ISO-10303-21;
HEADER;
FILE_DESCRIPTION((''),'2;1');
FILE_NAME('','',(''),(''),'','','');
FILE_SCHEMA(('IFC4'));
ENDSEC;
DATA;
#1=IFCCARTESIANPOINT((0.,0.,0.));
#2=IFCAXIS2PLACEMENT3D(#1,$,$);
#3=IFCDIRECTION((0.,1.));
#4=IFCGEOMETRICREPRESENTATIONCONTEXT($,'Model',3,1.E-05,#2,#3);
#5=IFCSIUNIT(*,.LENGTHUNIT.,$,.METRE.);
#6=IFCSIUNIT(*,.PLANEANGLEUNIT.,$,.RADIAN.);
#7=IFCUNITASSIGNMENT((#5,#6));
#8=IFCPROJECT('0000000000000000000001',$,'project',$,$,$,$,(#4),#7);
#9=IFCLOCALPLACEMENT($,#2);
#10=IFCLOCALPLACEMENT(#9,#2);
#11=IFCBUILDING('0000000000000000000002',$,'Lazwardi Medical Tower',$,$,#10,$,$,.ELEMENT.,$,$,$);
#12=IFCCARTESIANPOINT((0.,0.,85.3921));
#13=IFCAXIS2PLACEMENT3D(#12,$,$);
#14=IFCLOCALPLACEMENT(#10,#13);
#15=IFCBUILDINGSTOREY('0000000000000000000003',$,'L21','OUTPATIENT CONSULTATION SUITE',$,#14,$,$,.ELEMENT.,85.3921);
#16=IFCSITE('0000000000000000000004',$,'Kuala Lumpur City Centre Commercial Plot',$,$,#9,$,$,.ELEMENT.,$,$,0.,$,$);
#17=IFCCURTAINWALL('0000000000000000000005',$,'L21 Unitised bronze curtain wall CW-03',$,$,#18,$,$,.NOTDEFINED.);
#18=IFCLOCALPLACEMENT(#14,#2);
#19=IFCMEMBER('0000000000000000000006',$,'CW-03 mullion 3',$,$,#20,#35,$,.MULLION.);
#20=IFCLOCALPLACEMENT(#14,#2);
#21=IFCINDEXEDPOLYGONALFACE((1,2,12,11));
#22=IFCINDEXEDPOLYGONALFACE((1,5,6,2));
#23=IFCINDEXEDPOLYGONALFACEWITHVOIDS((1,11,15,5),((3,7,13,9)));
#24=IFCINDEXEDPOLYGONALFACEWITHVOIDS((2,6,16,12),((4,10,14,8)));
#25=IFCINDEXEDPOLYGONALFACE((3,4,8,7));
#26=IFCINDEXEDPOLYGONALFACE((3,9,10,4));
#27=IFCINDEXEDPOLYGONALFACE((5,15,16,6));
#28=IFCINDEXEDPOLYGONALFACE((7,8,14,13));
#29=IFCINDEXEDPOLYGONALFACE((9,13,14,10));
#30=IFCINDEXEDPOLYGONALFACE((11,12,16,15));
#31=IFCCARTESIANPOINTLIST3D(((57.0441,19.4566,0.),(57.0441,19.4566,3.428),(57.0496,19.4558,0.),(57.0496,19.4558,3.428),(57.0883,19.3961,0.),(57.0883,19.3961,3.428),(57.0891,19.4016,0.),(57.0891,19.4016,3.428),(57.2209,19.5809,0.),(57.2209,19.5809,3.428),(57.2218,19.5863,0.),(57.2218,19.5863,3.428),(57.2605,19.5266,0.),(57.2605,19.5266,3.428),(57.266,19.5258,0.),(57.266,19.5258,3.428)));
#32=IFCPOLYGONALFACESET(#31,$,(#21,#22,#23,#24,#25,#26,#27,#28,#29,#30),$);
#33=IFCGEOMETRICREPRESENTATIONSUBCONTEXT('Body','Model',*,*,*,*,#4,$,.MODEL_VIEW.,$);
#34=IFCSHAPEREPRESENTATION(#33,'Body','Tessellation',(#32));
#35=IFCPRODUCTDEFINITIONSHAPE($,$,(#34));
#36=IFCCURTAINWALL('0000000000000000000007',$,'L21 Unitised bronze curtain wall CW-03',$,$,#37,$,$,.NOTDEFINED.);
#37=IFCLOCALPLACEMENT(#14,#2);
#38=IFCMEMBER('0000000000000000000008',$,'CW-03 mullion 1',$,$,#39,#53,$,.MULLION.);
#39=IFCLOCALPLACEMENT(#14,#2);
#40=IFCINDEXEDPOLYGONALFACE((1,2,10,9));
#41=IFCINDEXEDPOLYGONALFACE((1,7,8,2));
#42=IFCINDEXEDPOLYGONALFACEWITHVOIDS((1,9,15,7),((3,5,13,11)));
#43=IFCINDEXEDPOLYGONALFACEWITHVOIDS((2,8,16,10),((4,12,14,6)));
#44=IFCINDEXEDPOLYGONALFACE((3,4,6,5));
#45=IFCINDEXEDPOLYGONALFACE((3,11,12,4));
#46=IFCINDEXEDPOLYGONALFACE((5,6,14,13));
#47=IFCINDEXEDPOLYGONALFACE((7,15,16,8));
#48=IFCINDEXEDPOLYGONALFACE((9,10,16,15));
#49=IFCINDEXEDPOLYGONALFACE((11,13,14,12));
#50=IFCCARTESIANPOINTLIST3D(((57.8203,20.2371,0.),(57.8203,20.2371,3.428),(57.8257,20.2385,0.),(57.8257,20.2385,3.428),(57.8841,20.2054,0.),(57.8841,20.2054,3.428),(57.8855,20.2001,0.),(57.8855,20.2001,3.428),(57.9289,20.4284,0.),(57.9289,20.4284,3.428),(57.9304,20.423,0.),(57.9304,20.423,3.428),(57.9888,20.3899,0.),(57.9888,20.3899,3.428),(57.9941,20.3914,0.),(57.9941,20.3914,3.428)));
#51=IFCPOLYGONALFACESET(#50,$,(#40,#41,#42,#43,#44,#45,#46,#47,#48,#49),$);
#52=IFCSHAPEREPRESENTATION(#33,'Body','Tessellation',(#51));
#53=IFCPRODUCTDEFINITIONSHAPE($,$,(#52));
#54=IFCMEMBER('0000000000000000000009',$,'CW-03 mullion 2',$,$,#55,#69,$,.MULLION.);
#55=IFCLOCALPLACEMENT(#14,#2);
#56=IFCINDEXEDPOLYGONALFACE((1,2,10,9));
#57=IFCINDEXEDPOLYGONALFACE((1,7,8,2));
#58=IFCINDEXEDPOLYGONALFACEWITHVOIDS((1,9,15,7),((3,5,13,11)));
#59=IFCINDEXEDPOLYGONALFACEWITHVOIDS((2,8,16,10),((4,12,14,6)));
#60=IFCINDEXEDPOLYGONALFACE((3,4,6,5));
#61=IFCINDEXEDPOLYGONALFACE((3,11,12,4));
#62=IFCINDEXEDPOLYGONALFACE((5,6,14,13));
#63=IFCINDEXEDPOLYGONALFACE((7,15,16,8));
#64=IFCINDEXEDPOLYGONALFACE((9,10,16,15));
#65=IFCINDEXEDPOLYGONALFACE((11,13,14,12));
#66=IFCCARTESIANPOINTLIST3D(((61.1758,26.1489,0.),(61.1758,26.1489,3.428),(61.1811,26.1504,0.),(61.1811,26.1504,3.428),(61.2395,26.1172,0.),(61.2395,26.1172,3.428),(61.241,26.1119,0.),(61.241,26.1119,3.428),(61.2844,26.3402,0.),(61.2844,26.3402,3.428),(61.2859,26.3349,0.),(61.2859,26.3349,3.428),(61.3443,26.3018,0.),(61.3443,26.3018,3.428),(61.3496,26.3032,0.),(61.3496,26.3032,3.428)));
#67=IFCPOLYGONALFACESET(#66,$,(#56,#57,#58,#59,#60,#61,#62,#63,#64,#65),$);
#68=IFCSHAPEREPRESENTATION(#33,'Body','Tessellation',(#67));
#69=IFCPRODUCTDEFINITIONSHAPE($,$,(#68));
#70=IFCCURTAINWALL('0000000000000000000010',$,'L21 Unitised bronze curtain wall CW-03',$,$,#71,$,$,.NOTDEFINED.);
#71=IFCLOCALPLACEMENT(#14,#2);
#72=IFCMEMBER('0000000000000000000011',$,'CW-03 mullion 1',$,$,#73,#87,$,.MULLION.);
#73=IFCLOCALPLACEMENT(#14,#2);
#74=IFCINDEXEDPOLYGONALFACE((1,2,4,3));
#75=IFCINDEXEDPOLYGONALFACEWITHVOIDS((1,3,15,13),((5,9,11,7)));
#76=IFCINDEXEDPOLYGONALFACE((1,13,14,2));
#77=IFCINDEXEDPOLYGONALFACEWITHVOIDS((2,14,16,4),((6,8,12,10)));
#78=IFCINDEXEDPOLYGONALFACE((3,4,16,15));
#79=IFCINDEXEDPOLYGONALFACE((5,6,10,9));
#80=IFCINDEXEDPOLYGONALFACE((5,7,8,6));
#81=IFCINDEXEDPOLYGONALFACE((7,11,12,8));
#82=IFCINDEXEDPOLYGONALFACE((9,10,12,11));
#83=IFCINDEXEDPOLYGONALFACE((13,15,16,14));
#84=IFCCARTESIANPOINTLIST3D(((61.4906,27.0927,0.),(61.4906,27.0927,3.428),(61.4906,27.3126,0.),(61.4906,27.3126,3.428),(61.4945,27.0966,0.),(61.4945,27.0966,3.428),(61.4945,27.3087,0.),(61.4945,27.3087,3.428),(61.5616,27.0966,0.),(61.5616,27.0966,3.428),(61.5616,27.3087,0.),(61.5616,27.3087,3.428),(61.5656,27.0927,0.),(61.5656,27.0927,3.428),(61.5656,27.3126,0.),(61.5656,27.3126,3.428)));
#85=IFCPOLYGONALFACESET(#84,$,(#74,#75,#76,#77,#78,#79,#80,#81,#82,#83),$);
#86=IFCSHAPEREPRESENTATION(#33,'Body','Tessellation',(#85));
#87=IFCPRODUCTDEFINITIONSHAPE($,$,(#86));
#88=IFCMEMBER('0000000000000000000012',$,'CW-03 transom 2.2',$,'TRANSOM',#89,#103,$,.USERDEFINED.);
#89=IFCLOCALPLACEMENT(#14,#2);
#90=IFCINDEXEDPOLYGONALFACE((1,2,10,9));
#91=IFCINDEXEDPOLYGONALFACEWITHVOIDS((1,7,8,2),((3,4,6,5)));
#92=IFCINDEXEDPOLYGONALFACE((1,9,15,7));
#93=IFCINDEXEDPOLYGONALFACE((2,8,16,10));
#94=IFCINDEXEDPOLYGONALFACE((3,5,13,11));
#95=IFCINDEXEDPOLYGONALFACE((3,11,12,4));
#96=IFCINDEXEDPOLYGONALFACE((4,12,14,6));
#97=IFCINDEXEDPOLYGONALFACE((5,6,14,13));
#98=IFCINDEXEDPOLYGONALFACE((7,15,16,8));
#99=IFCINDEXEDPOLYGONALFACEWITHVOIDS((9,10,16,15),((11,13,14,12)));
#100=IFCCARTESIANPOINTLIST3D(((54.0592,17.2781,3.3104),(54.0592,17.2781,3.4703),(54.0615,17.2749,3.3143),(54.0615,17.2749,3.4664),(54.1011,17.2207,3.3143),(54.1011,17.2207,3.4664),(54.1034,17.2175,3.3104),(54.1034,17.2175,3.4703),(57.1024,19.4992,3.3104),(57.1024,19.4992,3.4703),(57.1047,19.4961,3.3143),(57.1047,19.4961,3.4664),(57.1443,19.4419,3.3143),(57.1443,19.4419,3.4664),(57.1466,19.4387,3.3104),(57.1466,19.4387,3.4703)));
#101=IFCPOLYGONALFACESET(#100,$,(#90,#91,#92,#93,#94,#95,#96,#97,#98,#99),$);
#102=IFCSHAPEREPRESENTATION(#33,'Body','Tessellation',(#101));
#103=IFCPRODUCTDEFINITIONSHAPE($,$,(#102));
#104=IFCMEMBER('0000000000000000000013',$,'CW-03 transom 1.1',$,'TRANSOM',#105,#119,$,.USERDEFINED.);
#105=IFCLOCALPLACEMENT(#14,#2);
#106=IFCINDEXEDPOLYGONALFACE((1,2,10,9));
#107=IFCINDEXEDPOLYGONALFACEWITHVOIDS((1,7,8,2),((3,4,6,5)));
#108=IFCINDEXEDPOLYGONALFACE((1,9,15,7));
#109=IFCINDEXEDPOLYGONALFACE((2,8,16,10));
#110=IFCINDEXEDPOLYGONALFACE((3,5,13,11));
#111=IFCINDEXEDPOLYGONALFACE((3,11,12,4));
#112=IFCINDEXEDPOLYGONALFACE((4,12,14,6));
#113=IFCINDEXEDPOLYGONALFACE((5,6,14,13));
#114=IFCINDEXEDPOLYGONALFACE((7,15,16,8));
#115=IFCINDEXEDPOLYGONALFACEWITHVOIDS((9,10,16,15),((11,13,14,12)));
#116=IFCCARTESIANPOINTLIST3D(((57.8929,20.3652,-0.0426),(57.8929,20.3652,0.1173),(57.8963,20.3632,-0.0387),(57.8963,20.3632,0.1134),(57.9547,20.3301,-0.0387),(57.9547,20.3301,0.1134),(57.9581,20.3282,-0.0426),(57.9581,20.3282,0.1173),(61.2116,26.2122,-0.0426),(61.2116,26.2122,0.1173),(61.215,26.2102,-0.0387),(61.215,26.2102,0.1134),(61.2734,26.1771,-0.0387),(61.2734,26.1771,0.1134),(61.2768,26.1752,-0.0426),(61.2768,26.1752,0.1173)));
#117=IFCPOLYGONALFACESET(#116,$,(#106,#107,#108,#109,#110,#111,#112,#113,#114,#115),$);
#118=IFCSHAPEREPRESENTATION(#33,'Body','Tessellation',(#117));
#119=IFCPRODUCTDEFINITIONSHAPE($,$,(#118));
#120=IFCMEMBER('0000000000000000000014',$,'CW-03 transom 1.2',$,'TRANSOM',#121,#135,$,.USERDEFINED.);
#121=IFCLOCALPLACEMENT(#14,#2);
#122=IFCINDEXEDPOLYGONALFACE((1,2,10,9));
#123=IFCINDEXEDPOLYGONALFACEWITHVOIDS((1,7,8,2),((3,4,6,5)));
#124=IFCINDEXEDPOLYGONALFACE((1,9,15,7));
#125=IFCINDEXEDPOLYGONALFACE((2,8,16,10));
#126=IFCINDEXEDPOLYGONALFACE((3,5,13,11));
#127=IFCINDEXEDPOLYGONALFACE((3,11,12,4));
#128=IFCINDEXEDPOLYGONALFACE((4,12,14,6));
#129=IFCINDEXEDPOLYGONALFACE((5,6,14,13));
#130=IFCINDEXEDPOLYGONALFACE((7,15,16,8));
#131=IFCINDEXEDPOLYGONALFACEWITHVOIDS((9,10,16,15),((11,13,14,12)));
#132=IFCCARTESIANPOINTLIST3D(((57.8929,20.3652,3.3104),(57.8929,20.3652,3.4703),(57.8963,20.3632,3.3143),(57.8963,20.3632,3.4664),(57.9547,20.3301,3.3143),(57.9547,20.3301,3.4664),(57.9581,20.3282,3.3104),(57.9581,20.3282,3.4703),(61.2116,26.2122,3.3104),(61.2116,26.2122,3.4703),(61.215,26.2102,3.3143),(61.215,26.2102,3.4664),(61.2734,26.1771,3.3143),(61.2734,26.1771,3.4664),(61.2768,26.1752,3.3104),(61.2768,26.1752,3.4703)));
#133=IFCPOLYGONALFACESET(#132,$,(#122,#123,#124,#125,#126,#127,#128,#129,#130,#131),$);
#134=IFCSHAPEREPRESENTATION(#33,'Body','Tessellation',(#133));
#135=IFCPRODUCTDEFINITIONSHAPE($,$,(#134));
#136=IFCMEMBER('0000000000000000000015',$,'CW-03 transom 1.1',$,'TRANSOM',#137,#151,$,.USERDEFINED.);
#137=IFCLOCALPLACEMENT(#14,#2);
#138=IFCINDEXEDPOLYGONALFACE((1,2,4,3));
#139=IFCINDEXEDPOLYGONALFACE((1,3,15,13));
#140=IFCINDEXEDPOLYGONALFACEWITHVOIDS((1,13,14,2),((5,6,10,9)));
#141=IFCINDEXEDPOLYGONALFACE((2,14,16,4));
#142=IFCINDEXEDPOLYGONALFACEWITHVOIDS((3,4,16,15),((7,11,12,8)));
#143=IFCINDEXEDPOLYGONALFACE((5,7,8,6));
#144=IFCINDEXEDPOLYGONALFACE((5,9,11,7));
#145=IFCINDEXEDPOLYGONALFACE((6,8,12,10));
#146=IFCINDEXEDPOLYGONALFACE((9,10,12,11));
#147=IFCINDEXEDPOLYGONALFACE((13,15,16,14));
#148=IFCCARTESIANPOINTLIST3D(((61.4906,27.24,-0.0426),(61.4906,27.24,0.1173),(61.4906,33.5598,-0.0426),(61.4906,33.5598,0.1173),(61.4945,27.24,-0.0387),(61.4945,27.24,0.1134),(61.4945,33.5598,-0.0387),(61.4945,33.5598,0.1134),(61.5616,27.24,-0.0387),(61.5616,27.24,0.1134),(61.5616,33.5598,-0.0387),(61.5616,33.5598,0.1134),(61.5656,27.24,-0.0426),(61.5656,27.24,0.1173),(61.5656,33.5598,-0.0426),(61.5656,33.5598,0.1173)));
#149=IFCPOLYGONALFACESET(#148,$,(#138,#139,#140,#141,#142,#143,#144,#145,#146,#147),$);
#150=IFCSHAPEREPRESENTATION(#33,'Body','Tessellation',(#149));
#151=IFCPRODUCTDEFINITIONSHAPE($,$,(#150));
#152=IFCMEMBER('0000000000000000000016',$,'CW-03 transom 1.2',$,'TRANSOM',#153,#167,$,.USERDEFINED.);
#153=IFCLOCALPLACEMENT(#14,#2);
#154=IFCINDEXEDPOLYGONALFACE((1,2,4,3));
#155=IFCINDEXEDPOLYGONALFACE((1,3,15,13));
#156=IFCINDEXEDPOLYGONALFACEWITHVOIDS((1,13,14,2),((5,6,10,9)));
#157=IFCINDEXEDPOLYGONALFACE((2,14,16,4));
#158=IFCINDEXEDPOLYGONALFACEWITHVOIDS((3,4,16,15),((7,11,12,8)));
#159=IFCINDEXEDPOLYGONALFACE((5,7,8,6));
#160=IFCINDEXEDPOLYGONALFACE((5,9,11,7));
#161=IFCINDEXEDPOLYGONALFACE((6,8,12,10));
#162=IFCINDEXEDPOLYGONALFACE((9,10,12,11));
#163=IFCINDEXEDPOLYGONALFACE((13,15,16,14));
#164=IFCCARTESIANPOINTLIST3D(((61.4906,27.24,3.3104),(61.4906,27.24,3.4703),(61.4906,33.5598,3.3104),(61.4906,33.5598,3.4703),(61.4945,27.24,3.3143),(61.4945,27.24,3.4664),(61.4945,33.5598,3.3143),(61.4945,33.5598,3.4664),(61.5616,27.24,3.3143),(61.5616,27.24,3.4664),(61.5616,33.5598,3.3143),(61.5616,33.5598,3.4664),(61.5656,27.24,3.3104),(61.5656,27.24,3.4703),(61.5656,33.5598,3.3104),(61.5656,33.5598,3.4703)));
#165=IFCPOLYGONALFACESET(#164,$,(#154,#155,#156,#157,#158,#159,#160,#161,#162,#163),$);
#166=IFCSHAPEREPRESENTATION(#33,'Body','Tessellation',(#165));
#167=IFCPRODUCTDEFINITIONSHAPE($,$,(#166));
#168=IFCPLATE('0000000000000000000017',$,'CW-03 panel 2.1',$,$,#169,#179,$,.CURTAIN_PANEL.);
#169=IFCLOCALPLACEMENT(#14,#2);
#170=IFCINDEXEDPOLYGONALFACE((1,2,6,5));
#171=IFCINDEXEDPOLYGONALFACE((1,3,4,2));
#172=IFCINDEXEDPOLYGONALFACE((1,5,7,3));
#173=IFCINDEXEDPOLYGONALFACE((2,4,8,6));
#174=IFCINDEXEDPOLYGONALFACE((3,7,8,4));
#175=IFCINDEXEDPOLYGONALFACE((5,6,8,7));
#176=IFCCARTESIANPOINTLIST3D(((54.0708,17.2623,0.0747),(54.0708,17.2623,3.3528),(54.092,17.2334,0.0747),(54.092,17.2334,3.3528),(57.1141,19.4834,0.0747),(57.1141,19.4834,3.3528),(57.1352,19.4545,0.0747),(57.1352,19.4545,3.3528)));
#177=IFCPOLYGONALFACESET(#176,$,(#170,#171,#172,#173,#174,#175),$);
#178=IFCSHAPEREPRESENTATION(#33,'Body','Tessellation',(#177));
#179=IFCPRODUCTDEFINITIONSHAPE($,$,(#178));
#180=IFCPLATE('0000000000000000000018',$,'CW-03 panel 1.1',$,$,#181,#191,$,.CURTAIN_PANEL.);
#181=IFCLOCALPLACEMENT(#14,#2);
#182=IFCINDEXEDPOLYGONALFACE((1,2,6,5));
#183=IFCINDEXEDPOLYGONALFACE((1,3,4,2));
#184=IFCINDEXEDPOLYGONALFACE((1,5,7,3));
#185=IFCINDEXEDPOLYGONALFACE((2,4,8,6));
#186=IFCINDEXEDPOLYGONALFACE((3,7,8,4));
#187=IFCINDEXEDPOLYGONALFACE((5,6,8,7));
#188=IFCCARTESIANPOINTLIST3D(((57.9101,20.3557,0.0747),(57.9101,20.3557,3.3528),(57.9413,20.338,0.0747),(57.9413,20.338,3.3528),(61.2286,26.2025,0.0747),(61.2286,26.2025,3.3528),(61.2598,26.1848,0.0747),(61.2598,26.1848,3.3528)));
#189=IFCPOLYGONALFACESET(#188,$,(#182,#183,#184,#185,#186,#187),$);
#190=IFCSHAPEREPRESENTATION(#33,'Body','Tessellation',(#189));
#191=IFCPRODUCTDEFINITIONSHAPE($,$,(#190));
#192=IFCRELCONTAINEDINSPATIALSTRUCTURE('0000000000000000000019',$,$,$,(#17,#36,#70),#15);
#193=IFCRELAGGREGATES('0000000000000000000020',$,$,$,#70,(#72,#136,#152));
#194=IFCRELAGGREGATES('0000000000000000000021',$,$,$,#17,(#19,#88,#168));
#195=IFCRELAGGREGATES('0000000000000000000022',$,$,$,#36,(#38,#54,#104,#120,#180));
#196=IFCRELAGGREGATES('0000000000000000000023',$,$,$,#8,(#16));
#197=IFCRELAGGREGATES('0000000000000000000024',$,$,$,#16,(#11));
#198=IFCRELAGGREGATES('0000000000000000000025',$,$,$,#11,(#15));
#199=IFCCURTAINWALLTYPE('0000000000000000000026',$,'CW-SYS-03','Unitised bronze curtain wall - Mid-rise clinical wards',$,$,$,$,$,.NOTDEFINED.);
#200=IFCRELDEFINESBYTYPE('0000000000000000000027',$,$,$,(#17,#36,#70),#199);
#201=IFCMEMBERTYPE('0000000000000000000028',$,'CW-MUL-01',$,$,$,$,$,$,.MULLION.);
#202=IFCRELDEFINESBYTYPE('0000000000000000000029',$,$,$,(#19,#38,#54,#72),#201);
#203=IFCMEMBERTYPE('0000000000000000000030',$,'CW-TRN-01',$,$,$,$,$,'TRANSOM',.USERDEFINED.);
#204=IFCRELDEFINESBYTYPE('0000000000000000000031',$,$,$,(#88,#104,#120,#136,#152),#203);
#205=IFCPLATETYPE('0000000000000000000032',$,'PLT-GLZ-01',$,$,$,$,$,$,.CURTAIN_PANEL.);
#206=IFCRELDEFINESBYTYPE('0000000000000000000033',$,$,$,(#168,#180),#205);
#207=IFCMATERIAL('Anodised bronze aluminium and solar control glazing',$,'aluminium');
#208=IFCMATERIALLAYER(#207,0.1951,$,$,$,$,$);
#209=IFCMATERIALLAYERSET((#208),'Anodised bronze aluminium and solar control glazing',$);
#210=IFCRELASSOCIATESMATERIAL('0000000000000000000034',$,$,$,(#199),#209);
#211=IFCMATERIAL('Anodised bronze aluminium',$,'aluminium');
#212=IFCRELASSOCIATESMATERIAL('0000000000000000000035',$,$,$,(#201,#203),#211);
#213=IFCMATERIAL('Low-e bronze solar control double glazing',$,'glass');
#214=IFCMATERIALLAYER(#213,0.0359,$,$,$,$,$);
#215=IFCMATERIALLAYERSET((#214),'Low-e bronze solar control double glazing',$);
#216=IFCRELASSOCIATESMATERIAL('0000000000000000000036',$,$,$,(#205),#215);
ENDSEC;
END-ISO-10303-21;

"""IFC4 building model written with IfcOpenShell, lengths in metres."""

from ifc_helpers import new_model, si_unit, direction, frame, origin, origin_2d, place, context, subcontext, project, spatial, rectangle, hollow_rectangle, extrude, material, layer, layer_set, material_profile, profile_set, type_object, element, aggregate, save


model = new_model("IFC4")

# Units and contexts
model_context = context("Model", 3, precision=1e-05, world=origin(), true_north=direction((0.0, 1.0)))
body_context = subcontext(model_context, "Body", "Model", "MODEL_VIEW")
ifc_project = project(units=[si_unit("LENGTHUNIT", "METRE"), si_unit("PLANEANGLEUNIT", "RADIAN")], contexts=[model_context])

# Site, building, storey
site_placement = place(None, origin())
site = spatial("IfcSite", under=ifc_project, at=site_placement, Name="Kuala Lumpur City Centre Commercial Plot", CompositionType="ELEMENT", RefElevation=0.0)
building_placement = place(site_placement, origin())
building = spatial("IfcBuilding", under=site, at=building_placement, Name="Lazwardi Medical Tower", CompositionType="ELEMENT")
storey_placement = place(building_placement, frame((0.0, 0.0, 85.3921)))
storey = spatial("IfcBuildingStorey", under=building, at=storey_placement, Name="L21", Description="OUTPATIENT CONSULTATION SUITE", CompositionType="ELEMENT", Elevation=85.3921)

# Curtain wall, member
ifc_material_1 = material(Name="Anodised bronze aluminium and solar control glazing", Category="aluminium")
ifc_layer_1 = layer(ifc_material_1, 0.1951)
ifc_layer_set_1 = layer_set([ifc_layer_1], Name="Anodised bronze aluminium and solar control glazing")
curtain_wall_type = type_object("IfcCurtainWallType", Name="CW-SYS-03", Description="Unitised bronze curtain wall - Mid-rise clinical wards", PredefinedType="NOTDEFINED", material=ifc_layer_set_1)
curtain_wall_1_placement = place(storey_placement, origin())
curtain_wall_1 = element("IfcCurtainWall", 1, at=curtain_wall_1_placement, inside=storey, type_object=curtain_wall_type, Name="L21 Unitised bronze curtain wall CW-03", PredefinedType="NOTDEFINED")
ifc_material_2 = material(Name="Anodised bronze aluminium", Category="aluminium")
ifc_material_profile_1 = material_profile(ifc_material_2, hollow_rectangle(XDim=0.075, YDim=0.22, WallThickness=0.0039, at=origin_2d()), Name="ALU-MULLION 220x75x4")
ifc_profile_set_1 = profile_set([ifc_material_profile_1], Name="Anodised bronze aluminium")
member_type_1 = type_object("IfcMemberType", Name="CW-MUL-01", PredefinedType="MULLION", material=ifc_profile_set_1)
member_1_placement = place(storey_placement, frame((57.155, 19.4912, 0.0), z_axis=(0.0, 0.0, 1.0), x_axis=(-0.589531, 0.807746, 0.0)))
member_1 = element("IfcMember", 2, at=member_1_placement, type_object=member_type_1, Name="CW-03 mullion 3", PredefinedType="MULLION", context=body_context, shape_type="SweptSolid", body=[
    extrude(hollow_rectangle(XDim=0.075, YDim=0.22, WallThickness=0.0039, at=origin_2d()), origin(), (0.0, 0.0, 1.0), 3.428),
])

# Curtain wall, members
curtain_wall_2_placement = place(storey_placement, origin())
curtain_wall_2 = element("IfcCurtainWall", 3, at=curtain_wall_2_placement, inside=storey, type_object=curtain_wall_type, Name="L21 Unitised bronze curtain wall CW-03", PredefinedType="NOTDEFINED")
member_2_placement = place(storey_placement, frame((57.9072, 20.3142, 0.0), z_axis=(0.0, 0.0, 1.0), x_axis=(-0.869687, 0.493603, 0.0)))
member_2 = element("IfcMember", 4, at=member_2_placement, type_object=member_type_1, Name="CW-03 mullion 1", PredefinedType="MULLION", context=body_context, shape_type="SweptSolid", body=[
    extrude(hollow_rectangle(XDim=0.075, YDim=0.22, WallThickness=0.0039, at=origin_2d()), origin(), (0.0, 0.0, 1.0), 3.428),
])
member_3_placement = place(storey_placement, frame((61.2627, 26.2261, 0.0), z_axis=(0.0, 0.0, 1.0), x_axis=(-0.869687, 0.493603, 0.0)))
member_3 = element("IfcMember", 5, at=member_3_placement, type_object=member_type_1, Name="CW-03 mullion 2", PredefinedType="MULLION", context=body_context, shape_type="SweptSolid", body=[
    extrude(hollow_rectangle(XDim=0.075, YDim=0.22, WallThickness=0.0039, at=origin_2d()), origin(), (0.0, 0.0, 1.0), 3.428),
])

# Curtain wall, member
curtain_wall_3_placement = place(storey_placement, origin())
curtain_wall_3 = element("IfcCurtainWall", 6, at=curtain_wall_3_placement, inside=storey, type_object=curtain_wall_type, Name="L21 Unitised bronze curtain wall CW-03", PredefinedType="NOTDEFINED")
member_4_placement = place(storey_placement, frame((61.5281, 27.2026, 0.0), z_axis=(0.0, 0.0, 1.0), x_axis=(-1.0, 0.0, 0.0)))
member_4 = element("IfcMember", 7, at=member_4_placement, type_object=member_type_1, Name="CW-03 mullion 1", PredefinedType="MULLION", context=body_context, shape_type="SweptSolid", body=[
    extrude(hollow_rectangle(XDim=0.075, YDim=0.22, WallThickness=0.0039, at=origin_2d()), origin(), (0.0, 0.0, 1.0), 3.428),
])

# Members
ifc_material_profile_2 = material_profile(ifc_material_2, hollow_rectangle(XDim=0.075, YDim=0.1599, WallThickness=0.0039, at=origin_2d()), Name="ALU-TRANSOM 160x75x4")
ifc_profile_set_2 = profile_set([ifc_material_profile_2], Name="Anodised bronze aluminium")
member_type_2 = type_object("IfcMemberType", Name="CW-TRN-01", ElementType="TRANSOM", PredefinedType="USERDEFINED", material=ifc_profile_set_2)
member_5_placement = place(storey_placement, frame((54.0813, 17.2478, 3.3904), z_axis=(0.807732, 0.58955, 0.0), x_axis=(-0.58955, 0.807732, 0.0)))
member_5 = element("IfcMember", 8, at=member_5_placement, type_object=member_type_2, Name="CW-03 transom 2.2", ObjectType="TRANSOM", PredefinedType="USERDEFINED", context=body_context, shape_type="SweptSolid", body=[
    extrude(hollow_rectangle(XDim=0.075, YDim=0.1599, WallThickness=0.0039, at=origin_2d()), origin(), (0.0, 0.0, 1.0), 3.7676),
])
member_6_placement = place(storey_placement, frame((57.9255, 20.3467, 0.0374), z_axis=(0.493614, 0.869681, 0.0), x_axis=(-0.869681, 0.493614, 0.0)))
member_6 = element("IfcMember", 9, at=member_6_placement, type_object=member_type_2, Name="CW-03 transom 1.1", ObjectType="TRANSOM", PredefinedType="USERDEFINED", context=body_context, shape_type="SweptSolid", body=[
    extrude(hollow_rectangle(XDim=0.075, YDim=0.1599, WallThickness=0.0039, at=origin_2d()), origin(), (0.0, 0.0, 1.0), 6.7231),
])
member_7_placement = place(storey_placement, frame((57.9255, 20.3467, 3.3904), z_axis=(0.493614, 0.869681, 0.0), x_axis=(-0.869681, 0.493614, 0.0)))
member_7 = element("IfcMember", 10, at=member_7_placement, type_object=member_type_2, Name="CW-03 transom 1.2", ObjectType="TRANSOM", PredefinedType="USERDEFINED", context=body_context, shape_type="SweptSolid", body=[
    extrude(hollow_rectangle(XDim=0.075, YDim=0.1599, WallThickness=0.0039, at=origin_2d()), origin(), (0.0, 0.0, 1.0), 6.7231),
])
member_8_placement = place(storey_placement, frame((61.5281, 27.24, 0.0374), z_axis=(0.0, 1.0, 0.0), x_axis=(-1.0, 0.0, 0.0)))
member_8 = element("IfcMember", 11, at=member_8_placement, type_object=member_type_2, Name="CW-03 transom 1.1", ObjectType="TRANSOM", PredefinedType="USERDEFINED", context=body_context, shape_type="SweptSolid", body=[
    extrude(hollow_rectangle(XDim=0.075, YDim=0.1599, WallThickness=0.0039, at=origin_2d()), origin(), (0.0, 0.0, 1.0), 6.3198),
])
member_9_placement = place(storey_placement, frame((61.5281, 27.24, 3.3904), z_axis=(0.0, 1.0, 0.0), x_axis=(-1.0, 0.0, 0.0)))
member_9 = element("IfcMember", 12, at=member_9_placement, type_object=member_type_2, Name="CW-03 transom 1.2", ObjectType="TRANSOM", PredefinedType="USERDEFINED", context=body_context, shape_type="SweptSolid", body=[
    extrude(hollow_rectangle(XDim=0.075, YDim=0.1599, WallThickness=0.0039, at=origin_2d()), origin(), (0.0, 0.0, 1.0), 6.3198),
])
aggregate(curtain_wall_3, [member_4, member_8, member_9])

# Plates
ifc_material_3 = material(Name="Low-e bronze solar control double glazing", Category="glass")
ifc_layer_2 = layer(ifc_material_3, 0.0359)
ifc_layer_set_2 = layer_set([ifc_layer_2], Name="Low-e bronze solar control double glazing")
plate_type = type_object("IfcPlateType", Name="PLT-GLZ-01", PredefinedType="CURTAIN_PANEL", material=ifc_layer_set_2)
plate_1_placement = place(storey_placement, frame((55.603, 18.3584, 0.0747), z_axis=(0.0, 0.0, 1.0), x_axis=(0.807746, 0.589531, 0.0)))
plate_1 = element("IfcPlate", 13, at=plate_1_placement, type_object=plate_type, Name="CW-03 panel 2.1", PredefinedType="CURTAIN_PANEL", context=body_context, shape_type="SweptSolid", body=[
    extrude(rectangle(XDim=3.7676, YDim=0.0359, at=origin_2d()), origin(), (0.0, 0.0, 1.0), 3.2781),
])
aggregate(curtain_wall_1, [member_1, member_5, plate_1])
plate_2_placement = place(storey_placement, frame((59.585, 23.2703, 0.0747), z_axis=(0.0, 0.0, 1.0), x_axis=(0.493603, 0.869687, 0.0)))
plate_2 = element("IfcPlate", 14, at=plate_2_placement, type_object=plate_type, Name="CW-03 panel 1.1", PredefinedType="CURTAIN_PANEL", context=body_context, shape_type="SweptSolid", body=[
    extrude(rectangle(XDim=6.7229, YDim=0.0359, at=origin_2d()), origin(), (0.0, 0.0, 1.0), 3.2781),
])
aggregate(curtain_wall_2, [member_2, member_3, member_6, member_7, plate_2])

save(model, "model.ifc")
